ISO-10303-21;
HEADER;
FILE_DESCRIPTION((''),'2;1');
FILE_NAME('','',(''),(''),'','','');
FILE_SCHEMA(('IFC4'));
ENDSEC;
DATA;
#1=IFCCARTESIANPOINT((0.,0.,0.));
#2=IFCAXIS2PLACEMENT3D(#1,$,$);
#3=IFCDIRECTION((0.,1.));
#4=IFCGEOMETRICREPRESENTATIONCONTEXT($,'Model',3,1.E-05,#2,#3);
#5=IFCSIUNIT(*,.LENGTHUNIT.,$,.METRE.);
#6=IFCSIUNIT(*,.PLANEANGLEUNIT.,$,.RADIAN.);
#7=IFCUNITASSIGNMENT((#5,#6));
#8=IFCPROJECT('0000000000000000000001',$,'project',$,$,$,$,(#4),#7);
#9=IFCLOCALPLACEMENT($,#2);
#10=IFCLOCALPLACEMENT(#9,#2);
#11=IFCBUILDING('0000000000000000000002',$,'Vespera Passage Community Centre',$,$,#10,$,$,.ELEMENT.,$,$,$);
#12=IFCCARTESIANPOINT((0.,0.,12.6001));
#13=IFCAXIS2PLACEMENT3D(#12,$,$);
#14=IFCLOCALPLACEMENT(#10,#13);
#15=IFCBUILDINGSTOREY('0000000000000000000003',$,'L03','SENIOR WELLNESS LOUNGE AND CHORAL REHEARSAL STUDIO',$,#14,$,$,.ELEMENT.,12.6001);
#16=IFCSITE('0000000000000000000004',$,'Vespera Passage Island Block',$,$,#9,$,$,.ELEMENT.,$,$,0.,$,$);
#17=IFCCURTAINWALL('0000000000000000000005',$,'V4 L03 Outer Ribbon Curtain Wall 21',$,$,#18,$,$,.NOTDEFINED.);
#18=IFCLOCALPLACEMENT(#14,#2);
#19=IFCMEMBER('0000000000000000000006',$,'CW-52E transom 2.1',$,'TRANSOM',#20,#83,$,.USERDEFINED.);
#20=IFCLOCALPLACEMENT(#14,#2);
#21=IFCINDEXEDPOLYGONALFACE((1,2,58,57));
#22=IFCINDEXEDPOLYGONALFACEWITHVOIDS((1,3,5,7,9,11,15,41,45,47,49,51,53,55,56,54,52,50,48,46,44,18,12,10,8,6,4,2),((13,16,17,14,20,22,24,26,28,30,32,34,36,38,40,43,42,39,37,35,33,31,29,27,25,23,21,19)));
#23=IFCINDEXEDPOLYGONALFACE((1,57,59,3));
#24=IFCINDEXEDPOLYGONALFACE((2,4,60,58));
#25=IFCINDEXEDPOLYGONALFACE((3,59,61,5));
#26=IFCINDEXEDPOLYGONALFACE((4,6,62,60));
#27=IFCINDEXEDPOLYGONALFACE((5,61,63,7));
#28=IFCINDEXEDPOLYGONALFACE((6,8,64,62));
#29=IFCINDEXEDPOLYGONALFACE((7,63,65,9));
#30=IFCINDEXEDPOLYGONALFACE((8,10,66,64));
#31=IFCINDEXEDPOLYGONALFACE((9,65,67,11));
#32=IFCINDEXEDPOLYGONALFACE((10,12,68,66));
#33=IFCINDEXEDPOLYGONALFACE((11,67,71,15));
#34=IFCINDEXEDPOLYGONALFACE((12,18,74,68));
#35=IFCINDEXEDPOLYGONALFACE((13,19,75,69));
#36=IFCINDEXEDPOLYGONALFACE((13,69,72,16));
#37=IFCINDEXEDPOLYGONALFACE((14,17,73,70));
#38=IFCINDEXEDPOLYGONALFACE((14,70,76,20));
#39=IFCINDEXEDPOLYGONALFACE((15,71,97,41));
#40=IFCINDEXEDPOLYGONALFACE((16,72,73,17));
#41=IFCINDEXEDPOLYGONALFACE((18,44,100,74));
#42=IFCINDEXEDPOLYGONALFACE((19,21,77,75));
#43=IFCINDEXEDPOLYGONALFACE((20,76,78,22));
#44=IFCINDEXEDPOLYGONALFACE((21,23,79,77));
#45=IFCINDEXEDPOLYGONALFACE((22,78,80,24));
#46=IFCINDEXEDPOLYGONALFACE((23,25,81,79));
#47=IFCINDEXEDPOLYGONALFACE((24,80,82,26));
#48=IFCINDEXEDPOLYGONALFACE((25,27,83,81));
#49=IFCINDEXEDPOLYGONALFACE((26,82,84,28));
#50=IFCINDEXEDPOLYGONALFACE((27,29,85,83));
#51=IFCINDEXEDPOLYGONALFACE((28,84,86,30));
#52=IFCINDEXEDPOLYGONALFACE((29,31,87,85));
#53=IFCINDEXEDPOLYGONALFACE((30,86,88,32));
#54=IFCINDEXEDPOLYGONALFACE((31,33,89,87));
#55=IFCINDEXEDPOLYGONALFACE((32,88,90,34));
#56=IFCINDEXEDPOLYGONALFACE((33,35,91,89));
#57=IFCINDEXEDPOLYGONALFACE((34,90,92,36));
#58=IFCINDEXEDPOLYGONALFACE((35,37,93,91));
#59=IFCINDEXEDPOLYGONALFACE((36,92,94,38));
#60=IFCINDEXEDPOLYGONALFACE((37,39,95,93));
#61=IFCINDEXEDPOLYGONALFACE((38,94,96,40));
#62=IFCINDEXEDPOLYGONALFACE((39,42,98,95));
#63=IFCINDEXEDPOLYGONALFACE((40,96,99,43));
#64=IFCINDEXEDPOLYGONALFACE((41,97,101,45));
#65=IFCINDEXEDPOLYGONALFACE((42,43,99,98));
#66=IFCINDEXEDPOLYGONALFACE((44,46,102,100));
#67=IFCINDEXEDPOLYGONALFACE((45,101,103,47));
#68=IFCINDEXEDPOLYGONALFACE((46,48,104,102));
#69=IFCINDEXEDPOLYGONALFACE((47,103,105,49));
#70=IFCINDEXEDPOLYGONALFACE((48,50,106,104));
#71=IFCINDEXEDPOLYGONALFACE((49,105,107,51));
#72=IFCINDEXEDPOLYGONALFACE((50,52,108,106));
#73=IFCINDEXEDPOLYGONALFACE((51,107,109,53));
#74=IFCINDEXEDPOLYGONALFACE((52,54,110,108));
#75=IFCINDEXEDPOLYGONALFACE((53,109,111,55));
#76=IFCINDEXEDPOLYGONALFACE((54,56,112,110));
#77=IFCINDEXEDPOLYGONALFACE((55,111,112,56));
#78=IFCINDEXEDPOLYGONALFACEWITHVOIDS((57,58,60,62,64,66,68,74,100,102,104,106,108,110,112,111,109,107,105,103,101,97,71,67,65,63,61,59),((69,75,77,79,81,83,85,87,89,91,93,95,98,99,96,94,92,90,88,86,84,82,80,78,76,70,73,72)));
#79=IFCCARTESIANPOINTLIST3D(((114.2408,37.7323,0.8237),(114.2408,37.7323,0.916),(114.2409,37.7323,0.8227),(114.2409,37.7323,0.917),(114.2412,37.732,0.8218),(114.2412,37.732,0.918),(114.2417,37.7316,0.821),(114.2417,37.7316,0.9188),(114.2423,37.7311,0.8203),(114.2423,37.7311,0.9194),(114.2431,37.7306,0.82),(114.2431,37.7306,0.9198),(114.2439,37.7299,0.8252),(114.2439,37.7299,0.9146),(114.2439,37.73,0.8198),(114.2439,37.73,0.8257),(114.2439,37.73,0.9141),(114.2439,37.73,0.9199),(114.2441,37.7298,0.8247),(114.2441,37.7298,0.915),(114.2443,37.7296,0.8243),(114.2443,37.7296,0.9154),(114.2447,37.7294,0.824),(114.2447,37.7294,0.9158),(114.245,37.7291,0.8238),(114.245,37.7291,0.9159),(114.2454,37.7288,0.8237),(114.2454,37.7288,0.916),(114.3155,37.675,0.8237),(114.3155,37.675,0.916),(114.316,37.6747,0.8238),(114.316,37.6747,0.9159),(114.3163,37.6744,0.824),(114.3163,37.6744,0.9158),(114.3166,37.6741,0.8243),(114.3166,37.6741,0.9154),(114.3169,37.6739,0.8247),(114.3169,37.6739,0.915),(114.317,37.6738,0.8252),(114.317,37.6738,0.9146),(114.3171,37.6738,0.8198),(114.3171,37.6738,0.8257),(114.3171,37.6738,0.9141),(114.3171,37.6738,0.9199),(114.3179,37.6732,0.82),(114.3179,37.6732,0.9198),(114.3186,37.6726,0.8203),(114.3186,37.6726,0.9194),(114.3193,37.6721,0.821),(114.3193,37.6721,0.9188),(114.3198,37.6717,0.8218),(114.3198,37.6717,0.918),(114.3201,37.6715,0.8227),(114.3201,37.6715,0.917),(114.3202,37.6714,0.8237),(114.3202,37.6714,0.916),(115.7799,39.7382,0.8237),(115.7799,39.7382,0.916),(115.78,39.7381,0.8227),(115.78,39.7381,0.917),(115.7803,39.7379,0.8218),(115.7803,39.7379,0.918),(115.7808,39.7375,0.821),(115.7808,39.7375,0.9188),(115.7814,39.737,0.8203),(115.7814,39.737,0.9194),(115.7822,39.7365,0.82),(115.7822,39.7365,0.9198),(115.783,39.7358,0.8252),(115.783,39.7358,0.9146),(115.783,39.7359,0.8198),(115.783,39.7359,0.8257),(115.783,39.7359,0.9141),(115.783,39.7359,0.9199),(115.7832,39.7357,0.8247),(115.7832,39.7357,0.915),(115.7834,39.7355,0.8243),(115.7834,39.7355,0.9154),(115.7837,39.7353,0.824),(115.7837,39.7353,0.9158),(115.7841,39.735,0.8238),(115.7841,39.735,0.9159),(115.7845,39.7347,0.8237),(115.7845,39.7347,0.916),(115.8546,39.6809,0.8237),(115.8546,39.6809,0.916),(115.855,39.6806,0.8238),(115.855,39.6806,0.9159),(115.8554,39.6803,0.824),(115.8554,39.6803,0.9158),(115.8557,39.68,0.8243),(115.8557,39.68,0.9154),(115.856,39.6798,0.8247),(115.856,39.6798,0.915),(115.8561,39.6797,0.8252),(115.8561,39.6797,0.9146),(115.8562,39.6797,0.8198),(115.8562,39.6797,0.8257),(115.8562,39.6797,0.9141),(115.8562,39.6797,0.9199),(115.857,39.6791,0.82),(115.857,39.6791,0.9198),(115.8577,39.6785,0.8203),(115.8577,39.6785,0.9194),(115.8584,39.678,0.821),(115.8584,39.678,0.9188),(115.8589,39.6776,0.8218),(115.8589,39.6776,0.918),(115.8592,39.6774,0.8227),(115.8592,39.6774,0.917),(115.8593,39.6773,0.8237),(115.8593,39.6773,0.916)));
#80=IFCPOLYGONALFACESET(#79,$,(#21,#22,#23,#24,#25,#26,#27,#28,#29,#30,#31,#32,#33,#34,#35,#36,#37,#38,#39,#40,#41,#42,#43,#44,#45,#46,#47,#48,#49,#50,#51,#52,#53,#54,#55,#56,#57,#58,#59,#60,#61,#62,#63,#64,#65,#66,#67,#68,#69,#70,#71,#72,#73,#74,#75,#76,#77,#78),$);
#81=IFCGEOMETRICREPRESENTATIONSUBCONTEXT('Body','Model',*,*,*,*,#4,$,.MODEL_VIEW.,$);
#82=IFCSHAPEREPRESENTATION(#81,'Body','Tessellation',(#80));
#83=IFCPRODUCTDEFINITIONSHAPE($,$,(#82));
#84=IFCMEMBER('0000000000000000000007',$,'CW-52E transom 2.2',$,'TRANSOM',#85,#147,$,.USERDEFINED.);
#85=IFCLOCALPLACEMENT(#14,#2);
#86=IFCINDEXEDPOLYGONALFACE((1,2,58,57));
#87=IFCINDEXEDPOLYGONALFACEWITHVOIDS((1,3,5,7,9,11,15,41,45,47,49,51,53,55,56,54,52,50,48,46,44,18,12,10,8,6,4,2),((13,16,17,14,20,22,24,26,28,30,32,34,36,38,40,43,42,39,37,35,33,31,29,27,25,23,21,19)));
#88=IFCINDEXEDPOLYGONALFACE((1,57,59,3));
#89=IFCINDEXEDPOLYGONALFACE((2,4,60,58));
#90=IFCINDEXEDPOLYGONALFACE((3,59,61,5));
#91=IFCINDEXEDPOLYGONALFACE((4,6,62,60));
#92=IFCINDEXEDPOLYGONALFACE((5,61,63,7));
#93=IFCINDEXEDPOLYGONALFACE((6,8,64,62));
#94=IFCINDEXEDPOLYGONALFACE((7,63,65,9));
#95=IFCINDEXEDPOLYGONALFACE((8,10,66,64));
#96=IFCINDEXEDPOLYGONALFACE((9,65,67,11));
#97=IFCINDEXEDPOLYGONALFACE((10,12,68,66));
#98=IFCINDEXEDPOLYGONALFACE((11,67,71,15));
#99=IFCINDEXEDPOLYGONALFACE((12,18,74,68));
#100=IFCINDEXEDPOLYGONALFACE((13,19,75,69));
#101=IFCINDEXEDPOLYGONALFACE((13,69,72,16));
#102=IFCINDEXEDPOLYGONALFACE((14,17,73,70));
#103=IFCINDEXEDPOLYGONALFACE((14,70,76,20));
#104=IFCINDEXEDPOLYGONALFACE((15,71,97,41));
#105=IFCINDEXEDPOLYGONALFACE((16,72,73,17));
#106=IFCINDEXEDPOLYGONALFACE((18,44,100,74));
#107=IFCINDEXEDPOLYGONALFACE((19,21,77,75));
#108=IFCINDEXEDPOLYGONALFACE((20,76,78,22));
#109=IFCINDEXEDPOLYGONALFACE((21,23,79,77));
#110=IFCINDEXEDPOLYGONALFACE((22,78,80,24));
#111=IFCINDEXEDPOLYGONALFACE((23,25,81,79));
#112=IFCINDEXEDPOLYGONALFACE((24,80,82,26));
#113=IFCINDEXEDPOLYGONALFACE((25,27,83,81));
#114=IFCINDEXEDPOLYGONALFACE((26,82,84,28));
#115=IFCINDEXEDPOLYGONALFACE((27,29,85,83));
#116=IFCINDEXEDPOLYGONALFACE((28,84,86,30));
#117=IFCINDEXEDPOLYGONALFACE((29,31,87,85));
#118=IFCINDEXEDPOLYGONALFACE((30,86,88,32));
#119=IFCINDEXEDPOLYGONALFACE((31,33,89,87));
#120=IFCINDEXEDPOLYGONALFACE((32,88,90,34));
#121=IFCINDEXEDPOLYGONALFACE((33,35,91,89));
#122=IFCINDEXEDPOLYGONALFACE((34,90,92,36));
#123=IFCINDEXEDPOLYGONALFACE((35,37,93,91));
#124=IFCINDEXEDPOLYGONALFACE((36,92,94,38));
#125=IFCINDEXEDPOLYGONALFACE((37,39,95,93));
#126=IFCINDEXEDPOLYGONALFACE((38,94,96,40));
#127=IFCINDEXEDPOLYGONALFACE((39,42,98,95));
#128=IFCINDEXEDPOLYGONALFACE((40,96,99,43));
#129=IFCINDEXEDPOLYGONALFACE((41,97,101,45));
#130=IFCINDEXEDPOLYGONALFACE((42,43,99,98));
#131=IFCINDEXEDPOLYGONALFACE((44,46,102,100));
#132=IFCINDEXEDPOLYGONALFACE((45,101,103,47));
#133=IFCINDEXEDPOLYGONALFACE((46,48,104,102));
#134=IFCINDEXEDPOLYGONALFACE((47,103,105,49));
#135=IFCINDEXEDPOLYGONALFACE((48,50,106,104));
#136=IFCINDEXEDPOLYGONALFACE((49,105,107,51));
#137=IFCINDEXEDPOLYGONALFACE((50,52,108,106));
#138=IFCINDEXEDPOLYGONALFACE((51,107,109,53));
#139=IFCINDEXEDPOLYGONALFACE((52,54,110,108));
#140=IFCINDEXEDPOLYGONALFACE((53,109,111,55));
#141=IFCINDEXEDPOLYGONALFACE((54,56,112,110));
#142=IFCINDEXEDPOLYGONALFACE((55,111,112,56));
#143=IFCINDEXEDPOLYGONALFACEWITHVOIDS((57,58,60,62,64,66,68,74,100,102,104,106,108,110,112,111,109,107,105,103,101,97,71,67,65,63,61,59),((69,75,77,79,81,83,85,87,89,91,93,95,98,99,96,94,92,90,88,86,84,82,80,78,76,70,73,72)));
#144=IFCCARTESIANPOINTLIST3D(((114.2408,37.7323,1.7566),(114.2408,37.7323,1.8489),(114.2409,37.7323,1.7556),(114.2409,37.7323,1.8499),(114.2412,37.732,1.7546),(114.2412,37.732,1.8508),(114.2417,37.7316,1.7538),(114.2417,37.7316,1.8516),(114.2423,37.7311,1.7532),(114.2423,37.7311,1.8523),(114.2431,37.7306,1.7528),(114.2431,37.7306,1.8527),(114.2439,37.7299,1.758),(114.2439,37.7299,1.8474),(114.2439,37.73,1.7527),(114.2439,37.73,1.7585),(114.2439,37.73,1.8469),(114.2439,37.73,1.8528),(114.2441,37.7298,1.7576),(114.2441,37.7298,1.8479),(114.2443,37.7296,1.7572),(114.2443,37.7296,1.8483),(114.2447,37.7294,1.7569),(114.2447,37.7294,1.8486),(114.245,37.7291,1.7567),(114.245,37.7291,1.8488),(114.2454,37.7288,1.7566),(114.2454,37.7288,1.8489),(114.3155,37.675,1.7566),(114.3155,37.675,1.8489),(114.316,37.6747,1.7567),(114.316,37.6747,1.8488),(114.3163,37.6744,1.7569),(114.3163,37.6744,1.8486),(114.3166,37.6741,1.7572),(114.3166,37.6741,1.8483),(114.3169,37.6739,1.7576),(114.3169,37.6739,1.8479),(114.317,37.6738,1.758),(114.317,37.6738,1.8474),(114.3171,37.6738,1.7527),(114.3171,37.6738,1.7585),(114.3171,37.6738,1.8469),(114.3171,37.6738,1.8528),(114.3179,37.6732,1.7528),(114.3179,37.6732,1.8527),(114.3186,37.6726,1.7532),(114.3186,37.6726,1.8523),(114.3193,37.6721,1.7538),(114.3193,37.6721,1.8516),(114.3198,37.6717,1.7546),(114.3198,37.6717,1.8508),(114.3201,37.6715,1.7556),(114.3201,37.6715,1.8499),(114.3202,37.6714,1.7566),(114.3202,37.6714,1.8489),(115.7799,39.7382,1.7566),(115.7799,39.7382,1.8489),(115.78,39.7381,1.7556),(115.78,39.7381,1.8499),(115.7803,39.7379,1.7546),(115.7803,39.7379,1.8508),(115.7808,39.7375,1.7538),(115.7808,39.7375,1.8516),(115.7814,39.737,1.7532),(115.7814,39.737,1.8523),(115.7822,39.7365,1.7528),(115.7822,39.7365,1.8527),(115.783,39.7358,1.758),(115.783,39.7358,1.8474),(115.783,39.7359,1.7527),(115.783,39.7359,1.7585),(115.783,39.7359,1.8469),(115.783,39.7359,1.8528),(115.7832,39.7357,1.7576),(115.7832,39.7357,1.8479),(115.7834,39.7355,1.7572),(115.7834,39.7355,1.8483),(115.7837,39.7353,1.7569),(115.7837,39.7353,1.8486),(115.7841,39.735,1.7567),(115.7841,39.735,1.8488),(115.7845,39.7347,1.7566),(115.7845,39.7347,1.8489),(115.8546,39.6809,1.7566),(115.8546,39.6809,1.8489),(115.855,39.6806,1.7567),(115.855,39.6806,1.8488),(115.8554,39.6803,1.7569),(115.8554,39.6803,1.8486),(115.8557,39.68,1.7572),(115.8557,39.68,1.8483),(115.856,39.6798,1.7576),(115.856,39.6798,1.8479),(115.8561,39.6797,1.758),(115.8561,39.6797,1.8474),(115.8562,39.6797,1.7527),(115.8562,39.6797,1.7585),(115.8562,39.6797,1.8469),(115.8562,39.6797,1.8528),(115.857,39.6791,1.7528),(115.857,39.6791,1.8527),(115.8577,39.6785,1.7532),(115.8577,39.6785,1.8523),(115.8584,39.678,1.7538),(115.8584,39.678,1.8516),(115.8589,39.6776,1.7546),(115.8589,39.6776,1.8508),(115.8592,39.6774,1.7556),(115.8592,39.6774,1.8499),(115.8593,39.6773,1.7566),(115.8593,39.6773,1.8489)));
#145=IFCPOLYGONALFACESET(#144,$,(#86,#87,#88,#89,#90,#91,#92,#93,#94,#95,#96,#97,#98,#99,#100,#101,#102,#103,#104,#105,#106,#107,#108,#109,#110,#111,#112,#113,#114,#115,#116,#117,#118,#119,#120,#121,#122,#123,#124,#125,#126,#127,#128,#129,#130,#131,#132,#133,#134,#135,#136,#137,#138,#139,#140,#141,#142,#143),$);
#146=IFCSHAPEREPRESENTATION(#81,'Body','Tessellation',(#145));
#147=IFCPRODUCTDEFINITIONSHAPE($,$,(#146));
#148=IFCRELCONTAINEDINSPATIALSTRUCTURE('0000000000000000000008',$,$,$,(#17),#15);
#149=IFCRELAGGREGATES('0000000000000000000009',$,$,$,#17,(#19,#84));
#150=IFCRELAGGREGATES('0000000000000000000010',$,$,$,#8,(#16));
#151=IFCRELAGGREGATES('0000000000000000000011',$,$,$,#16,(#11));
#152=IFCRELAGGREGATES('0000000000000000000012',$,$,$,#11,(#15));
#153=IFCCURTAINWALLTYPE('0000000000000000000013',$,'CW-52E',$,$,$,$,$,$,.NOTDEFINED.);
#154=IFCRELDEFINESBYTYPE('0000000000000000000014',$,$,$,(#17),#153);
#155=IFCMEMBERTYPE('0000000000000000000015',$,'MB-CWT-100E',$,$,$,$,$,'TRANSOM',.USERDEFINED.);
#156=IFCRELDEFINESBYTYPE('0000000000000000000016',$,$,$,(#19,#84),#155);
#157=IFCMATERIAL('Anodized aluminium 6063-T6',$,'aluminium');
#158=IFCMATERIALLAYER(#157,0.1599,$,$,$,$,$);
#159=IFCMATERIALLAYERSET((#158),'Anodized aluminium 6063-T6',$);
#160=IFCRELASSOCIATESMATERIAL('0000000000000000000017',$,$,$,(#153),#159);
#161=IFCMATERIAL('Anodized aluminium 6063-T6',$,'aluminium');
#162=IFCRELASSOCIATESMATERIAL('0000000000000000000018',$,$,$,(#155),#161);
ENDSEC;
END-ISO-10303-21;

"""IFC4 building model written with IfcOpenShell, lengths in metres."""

from ifc_helpers import new_model, si_unit, direction, frame, origin, origin_2d, place, context, subcontext, project, spatial, hollow_rectangle, extrude, material, layer, layer_set, material_profile, profile_set, type_object, element, aggregate, save


model = new_model("IFC4")

# Units and contexts
model_context = context("Model", 3, precision=1e-05, world=origin(), true_north=direction((0.0, 1.0)))
body_context = subcontext(model_context, "Body", "Model", "MODEL_VIEW")
ifc_project = project(units=[si_unit("LENGTHUNIT", "METRE"), si_unit("PLANEANGLEUNIT", "RADIAN")], contexts=[model_context])

# Site, building, storey
site_placement = place(None, origin())
site = spatial("IfcSite", under=ifc_project, at=site_placement, Name="Vespera Passage Island Block", CompositionType="ELEMENT", RefElevation=0.0)
building_placement = place(site_placement, origin())
building = spatial("IfcBuilding", under=site, at=building_placement, Name="Vespera Passage Community Centre", CompositionType="ELEMENT")
storey_placement = place(building_placement, frame((0.0, 0.0, 12.6001)))
storey = spatial("IfcBuildingStorey", under=building, at=storey_placement, Name="L03", Description="SENIOR WELLNESS LOUNGE AND CHORAL REHEARSAL STUDIO", CompositionType="ELEMENT", Elevation=12.6001)

# Curtain wall, members
ifc_material_1 = material(Name="Anodized aluminium 6063-T6", Category="aluminium")
ifc_layer_1 = layer(ifc_material_1, 0.1599)
ifc_layer_set_1 = layer_set([ifc_layer_1], Name="Anodized aluminium 6063-T6")
curtain_wall_type = type_object("IfcCurtainWallType", Name="CW-52E", PredefinedType="NOTDEFINED", material=ifc_layer_set_1)
curtain_wall_placement = place(storey_placement, origin())
curtain_wall = element("IfcCurtainWall", 1, at=curtain_wall_placement, inside=storey, type_object=curtain_wall_type, Name="V4 L03 Outer Ribbon Curtain Wall 21", PredefinedType="NOTDEFINED")
ifc_material_2 = material(Name="Anodized aluminium 6063-T6", Category="aluminium")
ifc_material_profile_1 = material_profile(ifc_material_2, hollow_rectangle(XDim=0.1001, YDim=0.1001, WallThickness=0.0039, InnerFilletRadius=0.002, OuterFilletRadius=0.0039, at=origin_2d()), Name="ALU100X100X4")
ifc_profile_set_1 = profile_set([ifc_material_profile_1], Name="Anodized aluminium 6063-T6")
member_type_1 = type_object("IfcMemberType", Name="MB-CWT-100E", ElementType="TRANSOM", PredefinedType="USERDEFINED", material=ifc_profile_set_1)
member_1_placement = place(storey_placement, frame((115.8196, 39.7078, 0.8699), z_axis=(-0.60874, -0.79337, 0.0), x_axis=(0.79337, -0.60874, 0.0)))
member_1 = element("IfcMember", 2, at=member_1_placement, type_object=member_type_1, Name="CW-52E transom 2.1", ObjectType="TRANSOM", PredefinedType="USERDEFINED", context=body_context, shape_type="SweptSolid", body=[
    extrude(hollow_rectangle(XDim=0.1001, YDim=0.1001, WallThickness=0.0039, InnerFilletRadius=0.002, OuterFilletRadius=0.0039, at=origin_2d()), origin(), (0.0, 0.0, 1.0), 2.5283),
])
member_2_placement = place(storey_placement, frame((115.8196, 39.7078, 1.8027), z_axis=(-0.60874, -0.79337, 0.0), x_axis=(0.79337, -0.60874, 0.0)))
member_2 = element("IfcMember", 3, at=member_2_placement, type_object=member_type_1, Name="CW-52E transom 2.2", ObjectType="TRANSOM", PredefinedType="USERDEFINED", context=body_context, shape_type="SweptSolid", body=[
    extrude(hollow_rectangle(XDim=0.1001, YDim=0.1001, WallThickness=0.0039, InnerFilletRadius=0.002, OuterFilletRadius=0.0039, at=origin_2d()), origin(), (0.0, 0.0, 1.0), 2.5283),
])
aggregate(curtain_wall, [member_1, member_2])

save(model, "model.ifc")
